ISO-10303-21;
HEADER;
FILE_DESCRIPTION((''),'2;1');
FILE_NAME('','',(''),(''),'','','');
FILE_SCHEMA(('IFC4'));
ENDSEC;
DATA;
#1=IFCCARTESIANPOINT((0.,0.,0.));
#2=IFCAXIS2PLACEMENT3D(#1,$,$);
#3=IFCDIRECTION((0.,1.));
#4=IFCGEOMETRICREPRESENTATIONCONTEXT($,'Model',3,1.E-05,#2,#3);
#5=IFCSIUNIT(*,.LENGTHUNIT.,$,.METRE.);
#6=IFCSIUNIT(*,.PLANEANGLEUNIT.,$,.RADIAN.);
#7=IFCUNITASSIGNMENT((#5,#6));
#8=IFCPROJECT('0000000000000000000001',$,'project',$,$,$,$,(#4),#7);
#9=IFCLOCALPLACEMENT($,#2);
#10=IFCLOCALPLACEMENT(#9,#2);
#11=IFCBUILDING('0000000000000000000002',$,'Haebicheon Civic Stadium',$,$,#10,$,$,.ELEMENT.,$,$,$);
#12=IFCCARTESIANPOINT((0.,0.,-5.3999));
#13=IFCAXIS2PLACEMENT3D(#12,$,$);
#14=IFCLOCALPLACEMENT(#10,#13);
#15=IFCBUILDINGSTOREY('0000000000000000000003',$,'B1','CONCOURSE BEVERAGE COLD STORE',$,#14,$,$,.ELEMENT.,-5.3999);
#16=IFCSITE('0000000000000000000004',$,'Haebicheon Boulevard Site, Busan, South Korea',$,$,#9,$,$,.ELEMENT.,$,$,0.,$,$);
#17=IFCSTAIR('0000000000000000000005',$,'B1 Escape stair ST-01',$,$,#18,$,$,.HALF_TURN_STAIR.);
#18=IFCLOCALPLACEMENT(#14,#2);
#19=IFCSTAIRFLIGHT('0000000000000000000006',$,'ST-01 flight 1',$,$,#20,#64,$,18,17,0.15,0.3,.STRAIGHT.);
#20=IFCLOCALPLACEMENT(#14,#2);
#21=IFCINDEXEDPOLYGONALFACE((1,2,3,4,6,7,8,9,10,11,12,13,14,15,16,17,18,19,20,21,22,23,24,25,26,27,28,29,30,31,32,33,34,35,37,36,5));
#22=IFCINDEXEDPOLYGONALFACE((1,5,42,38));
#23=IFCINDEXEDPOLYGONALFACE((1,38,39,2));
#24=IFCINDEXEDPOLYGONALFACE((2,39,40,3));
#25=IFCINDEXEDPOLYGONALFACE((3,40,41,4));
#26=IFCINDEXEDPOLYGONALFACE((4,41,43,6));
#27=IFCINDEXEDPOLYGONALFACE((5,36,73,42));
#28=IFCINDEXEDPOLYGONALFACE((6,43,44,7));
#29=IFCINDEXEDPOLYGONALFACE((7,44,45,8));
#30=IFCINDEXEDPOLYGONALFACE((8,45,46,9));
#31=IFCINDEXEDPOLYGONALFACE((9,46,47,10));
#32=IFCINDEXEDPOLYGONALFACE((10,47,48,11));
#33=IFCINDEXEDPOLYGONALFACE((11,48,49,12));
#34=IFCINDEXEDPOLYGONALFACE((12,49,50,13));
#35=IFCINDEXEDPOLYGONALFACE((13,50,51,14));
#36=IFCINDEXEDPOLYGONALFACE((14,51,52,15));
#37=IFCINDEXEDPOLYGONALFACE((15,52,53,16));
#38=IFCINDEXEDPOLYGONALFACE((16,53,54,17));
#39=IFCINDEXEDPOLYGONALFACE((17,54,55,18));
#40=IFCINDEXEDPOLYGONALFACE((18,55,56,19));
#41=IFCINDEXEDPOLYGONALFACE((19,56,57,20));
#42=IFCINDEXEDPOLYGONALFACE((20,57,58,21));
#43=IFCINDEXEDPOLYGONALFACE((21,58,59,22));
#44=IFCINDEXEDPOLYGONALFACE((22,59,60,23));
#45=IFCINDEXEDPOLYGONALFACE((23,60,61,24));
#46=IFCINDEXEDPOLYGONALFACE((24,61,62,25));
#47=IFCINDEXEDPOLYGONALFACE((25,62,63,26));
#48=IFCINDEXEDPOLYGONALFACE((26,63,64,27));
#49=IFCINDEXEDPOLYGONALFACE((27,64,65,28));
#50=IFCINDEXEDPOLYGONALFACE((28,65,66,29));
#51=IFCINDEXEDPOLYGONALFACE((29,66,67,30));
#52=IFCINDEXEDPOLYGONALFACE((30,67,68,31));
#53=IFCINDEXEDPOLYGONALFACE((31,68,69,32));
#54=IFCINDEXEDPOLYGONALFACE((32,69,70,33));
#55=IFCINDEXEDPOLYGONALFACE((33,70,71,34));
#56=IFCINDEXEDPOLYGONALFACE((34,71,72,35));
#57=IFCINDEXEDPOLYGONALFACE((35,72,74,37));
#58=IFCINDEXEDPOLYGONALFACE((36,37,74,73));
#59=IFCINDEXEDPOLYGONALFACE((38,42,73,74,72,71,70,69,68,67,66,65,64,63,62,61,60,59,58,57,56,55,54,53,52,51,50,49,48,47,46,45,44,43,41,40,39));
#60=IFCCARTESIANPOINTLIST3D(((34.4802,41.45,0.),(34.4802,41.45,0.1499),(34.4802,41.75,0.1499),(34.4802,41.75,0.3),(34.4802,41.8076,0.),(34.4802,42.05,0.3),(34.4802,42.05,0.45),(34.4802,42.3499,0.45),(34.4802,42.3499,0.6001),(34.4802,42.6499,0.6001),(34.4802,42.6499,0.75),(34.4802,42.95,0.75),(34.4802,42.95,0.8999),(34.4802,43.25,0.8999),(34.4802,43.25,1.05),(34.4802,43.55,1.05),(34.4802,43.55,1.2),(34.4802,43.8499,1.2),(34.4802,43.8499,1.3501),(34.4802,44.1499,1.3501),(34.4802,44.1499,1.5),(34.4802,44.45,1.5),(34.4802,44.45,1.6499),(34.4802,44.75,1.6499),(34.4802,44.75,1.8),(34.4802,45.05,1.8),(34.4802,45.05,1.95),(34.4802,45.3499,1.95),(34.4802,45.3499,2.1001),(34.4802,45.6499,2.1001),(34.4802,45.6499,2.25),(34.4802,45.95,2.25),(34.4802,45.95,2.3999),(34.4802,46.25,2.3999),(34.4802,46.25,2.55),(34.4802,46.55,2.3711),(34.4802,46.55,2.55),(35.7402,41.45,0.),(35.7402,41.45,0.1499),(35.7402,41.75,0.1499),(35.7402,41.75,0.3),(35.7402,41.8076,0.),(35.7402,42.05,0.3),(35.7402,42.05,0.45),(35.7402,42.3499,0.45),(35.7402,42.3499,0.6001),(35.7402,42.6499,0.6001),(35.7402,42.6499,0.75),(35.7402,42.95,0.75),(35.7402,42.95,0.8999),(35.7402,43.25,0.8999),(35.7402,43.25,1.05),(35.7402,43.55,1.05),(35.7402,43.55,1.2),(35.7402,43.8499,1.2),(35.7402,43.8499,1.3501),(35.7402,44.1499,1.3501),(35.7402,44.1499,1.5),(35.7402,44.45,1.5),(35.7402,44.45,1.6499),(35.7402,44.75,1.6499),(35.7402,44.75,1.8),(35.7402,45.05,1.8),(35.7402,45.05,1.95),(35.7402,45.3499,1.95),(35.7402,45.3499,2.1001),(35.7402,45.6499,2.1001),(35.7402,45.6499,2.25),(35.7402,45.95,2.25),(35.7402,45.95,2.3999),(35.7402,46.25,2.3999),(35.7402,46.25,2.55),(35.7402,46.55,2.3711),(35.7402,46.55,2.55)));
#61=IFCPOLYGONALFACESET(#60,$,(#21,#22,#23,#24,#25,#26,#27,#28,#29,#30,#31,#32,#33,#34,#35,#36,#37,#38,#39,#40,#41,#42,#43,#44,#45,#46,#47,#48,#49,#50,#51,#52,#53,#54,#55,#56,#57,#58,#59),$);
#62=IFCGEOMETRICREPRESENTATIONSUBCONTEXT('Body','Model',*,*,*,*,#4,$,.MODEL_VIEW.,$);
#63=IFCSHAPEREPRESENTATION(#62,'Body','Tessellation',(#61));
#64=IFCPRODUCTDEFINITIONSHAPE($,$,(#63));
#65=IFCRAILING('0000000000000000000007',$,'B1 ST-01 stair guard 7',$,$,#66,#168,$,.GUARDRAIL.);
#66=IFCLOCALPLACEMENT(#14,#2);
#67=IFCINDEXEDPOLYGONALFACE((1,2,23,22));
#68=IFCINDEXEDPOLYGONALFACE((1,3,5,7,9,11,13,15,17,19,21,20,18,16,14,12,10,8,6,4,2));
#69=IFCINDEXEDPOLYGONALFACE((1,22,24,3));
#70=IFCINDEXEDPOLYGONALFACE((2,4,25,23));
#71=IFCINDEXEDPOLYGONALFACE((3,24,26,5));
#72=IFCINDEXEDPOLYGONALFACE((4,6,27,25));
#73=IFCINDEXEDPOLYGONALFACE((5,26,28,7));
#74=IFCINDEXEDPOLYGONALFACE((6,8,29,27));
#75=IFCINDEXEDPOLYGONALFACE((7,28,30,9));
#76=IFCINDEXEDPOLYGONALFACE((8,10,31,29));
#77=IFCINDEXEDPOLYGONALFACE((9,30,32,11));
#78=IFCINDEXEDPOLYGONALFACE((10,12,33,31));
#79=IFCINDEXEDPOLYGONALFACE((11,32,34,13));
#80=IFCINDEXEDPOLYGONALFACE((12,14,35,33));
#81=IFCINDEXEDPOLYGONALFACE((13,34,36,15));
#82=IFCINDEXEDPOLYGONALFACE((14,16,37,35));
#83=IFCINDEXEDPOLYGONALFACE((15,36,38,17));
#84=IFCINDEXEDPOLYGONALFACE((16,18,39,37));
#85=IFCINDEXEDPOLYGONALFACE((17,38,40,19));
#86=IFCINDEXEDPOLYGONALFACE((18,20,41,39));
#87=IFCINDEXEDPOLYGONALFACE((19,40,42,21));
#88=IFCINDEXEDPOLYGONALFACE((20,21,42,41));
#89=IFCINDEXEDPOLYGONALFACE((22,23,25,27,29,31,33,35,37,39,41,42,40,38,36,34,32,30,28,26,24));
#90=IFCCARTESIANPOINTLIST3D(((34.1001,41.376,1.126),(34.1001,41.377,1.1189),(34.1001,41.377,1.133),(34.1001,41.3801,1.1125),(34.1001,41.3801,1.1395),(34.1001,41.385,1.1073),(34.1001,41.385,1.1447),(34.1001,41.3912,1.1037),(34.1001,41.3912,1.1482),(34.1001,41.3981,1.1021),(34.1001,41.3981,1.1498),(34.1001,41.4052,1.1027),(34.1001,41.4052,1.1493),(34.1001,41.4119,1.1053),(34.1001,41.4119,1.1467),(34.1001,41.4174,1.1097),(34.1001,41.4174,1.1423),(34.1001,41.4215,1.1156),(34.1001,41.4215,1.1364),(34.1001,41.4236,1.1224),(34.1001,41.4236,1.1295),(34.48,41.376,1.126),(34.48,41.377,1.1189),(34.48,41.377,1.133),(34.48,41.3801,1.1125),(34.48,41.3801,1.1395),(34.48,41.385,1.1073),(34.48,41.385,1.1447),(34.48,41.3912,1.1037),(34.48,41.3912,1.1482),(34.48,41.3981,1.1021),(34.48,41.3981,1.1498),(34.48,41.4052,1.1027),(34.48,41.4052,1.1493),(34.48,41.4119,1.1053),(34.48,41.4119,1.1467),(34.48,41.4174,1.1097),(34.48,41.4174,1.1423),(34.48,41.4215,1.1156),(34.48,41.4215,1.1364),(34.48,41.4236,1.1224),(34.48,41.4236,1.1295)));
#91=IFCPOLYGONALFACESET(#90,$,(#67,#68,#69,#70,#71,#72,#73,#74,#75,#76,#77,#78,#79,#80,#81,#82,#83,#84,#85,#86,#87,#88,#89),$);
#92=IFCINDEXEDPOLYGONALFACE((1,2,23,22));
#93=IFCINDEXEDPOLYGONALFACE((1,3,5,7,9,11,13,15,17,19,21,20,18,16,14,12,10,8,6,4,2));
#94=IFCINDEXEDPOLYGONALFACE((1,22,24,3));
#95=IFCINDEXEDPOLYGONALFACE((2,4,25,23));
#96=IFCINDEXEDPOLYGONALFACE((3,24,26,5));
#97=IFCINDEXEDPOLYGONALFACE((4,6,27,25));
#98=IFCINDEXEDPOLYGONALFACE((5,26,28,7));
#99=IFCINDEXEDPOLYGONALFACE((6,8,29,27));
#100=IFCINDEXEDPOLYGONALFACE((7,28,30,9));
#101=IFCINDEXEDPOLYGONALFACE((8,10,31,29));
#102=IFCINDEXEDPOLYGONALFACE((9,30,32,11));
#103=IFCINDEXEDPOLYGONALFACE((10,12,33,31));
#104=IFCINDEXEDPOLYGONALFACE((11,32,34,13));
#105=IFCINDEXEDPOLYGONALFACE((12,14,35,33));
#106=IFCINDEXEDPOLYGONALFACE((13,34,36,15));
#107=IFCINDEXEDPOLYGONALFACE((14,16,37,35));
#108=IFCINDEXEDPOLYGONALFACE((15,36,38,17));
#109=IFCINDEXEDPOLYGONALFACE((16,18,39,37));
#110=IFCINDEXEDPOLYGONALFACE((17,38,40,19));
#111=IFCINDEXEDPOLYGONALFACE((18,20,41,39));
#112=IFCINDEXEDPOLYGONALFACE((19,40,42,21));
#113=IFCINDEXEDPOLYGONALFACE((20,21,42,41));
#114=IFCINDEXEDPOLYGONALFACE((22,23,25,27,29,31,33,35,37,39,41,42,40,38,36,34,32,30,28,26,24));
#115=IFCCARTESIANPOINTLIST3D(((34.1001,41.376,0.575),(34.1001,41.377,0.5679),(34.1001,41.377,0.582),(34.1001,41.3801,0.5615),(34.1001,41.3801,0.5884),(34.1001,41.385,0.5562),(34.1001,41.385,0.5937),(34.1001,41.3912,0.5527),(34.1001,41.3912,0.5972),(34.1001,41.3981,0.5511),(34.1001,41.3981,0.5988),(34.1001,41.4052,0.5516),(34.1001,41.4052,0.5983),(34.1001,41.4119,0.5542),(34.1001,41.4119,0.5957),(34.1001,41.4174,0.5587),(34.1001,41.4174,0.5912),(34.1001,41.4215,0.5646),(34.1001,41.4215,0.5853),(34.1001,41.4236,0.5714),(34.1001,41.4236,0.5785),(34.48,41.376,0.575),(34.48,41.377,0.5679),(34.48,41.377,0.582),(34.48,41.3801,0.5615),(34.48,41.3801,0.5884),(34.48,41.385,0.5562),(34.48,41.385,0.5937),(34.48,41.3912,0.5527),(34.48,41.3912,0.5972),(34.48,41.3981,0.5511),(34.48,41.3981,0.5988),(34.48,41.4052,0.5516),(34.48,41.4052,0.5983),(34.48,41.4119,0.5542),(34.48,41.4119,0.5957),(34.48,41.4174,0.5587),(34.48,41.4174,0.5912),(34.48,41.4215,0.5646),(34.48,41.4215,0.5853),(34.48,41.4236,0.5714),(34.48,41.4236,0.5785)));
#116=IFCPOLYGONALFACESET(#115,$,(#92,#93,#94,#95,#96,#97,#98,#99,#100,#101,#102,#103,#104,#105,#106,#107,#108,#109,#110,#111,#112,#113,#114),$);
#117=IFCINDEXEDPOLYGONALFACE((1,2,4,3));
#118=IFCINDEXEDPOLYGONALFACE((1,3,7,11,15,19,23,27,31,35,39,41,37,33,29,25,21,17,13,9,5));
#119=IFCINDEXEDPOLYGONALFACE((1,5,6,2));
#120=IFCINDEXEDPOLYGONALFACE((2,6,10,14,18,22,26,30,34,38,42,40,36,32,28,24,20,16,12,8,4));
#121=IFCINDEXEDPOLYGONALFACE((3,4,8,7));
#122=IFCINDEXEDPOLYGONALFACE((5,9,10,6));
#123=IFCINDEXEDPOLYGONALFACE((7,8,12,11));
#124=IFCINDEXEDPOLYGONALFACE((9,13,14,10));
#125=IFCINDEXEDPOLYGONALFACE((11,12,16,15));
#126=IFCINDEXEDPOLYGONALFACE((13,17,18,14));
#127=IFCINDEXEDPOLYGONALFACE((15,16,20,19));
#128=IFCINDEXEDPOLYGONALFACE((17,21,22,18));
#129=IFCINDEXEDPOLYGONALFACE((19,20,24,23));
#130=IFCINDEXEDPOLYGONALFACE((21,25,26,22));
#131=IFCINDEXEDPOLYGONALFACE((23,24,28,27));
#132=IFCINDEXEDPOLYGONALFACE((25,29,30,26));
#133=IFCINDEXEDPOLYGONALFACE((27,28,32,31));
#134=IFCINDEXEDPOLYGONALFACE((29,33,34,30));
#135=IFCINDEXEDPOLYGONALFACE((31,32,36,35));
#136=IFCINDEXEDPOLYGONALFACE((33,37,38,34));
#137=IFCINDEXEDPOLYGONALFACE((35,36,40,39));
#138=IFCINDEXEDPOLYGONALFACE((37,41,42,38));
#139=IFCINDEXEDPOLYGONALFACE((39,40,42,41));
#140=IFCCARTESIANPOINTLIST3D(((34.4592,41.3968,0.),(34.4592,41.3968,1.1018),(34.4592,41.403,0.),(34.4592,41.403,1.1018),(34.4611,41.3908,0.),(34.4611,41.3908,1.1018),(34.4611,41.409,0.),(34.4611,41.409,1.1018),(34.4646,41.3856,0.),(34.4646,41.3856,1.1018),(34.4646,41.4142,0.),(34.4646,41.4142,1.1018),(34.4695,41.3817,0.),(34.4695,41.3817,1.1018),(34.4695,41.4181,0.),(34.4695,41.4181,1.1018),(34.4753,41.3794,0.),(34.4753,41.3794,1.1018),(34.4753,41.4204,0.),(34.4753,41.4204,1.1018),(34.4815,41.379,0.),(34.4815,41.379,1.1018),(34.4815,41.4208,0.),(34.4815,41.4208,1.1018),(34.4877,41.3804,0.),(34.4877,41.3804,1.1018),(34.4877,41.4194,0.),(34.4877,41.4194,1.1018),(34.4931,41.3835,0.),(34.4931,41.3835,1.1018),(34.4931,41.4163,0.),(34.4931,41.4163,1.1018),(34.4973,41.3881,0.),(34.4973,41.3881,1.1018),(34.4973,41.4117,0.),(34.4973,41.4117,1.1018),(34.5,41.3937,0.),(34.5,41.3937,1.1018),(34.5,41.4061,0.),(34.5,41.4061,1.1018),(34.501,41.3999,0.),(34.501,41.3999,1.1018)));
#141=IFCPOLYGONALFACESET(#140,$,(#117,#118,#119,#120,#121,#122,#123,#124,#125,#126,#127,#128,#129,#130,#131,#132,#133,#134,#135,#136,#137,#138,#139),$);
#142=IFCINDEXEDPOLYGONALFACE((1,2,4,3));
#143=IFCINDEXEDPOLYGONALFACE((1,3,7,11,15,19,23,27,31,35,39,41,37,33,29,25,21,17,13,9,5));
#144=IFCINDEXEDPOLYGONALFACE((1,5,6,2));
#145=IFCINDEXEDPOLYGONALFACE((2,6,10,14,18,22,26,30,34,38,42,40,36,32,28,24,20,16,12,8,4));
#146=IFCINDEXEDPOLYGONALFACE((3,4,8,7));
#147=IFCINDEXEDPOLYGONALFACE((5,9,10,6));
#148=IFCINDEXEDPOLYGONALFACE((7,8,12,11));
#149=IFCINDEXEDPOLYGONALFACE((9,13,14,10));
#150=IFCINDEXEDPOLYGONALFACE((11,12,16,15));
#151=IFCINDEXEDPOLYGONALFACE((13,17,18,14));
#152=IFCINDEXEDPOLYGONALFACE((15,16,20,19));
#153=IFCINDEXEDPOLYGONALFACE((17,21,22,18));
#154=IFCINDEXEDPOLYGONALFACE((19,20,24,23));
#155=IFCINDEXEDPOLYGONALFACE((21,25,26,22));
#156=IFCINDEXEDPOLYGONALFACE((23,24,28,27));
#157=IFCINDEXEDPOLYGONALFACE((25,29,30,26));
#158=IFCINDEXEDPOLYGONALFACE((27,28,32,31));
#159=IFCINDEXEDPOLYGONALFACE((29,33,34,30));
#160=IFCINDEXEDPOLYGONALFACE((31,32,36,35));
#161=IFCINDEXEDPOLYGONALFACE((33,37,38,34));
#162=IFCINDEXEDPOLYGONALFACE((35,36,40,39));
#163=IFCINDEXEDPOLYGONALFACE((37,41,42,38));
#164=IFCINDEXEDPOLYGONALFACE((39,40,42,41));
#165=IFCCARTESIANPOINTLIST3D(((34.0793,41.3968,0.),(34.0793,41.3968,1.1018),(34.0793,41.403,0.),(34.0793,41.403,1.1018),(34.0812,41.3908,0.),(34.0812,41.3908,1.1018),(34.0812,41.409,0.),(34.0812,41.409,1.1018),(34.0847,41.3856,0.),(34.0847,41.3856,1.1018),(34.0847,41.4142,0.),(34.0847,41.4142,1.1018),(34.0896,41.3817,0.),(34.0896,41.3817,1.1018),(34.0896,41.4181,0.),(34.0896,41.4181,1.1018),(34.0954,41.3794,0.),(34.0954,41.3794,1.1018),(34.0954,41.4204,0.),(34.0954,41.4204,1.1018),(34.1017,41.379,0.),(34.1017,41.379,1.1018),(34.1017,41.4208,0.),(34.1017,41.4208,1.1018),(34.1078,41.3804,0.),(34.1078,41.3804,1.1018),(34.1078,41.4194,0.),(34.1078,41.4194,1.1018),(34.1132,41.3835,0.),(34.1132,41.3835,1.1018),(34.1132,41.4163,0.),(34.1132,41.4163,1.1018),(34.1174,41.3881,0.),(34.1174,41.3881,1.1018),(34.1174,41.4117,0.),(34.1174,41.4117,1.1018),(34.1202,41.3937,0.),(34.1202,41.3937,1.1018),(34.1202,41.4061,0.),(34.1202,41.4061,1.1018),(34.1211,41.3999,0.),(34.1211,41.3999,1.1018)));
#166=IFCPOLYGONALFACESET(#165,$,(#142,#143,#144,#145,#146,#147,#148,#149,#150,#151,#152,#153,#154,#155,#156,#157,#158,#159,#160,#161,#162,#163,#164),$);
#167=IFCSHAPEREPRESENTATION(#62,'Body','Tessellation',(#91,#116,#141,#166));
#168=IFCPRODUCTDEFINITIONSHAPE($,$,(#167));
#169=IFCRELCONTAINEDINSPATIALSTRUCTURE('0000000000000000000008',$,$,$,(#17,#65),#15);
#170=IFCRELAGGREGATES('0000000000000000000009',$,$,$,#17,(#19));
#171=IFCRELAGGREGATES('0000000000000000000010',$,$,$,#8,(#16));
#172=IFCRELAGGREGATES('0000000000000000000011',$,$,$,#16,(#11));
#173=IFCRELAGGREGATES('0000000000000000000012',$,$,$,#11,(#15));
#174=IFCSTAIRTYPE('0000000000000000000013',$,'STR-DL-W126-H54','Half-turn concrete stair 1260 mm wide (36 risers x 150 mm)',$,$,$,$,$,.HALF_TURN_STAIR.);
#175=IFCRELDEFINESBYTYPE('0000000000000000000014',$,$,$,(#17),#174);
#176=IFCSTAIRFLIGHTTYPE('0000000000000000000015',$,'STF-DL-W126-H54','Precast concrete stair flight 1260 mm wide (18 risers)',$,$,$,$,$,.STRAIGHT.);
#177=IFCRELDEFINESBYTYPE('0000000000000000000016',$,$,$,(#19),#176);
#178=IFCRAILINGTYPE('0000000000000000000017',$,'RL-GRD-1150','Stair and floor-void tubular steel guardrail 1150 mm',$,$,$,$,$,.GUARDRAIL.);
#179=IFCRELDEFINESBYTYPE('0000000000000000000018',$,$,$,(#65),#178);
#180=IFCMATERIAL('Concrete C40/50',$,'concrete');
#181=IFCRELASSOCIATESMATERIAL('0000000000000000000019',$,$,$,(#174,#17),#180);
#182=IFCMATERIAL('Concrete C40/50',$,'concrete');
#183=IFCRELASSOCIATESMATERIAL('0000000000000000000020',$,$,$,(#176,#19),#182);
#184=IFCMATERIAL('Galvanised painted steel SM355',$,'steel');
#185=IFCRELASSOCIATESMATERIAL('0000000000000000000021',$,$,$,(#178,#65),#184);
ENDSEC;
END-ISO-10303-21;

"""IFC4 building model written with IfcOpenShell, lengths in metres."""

from ifc_helpers import new_model, si_unit, direction, frame, origin, origin_2d, place, context, subcontext, project, spatial, polyline, circle, outline, extrude, material, type_object, element, aggregate, save


model = new_model("IFC4")

# Units and contexts
model_context = context("Model", 3, precision=1e-05, world=origin(), true_north=direction((0.0, 1.0)))
body_context = subcontext(model_context, "Body", "Model", "MODEL_VIEW")
ifc_project = project(units=[si_unit("LENGTHUNIT", "METRE"), si_unit("PLANEANGLEUNIT", "RADIAN")], contexts=[model_context])

# Site, building, storey
site_placement = place(None, origin())
site = spatial("IfcSite", under=ifc_project, at=site_placement, Name="Haebicheon Boulevard Site, Busan, South Korea", CompositionType="ELEMENT", RefElevation=0.0)
building_placement = place(site_placement, origin())
building = spatial("IfcBuilding", under=site, at=building_placement, Name="Haebicheon Civic Stadium", CompositionType="ELEMENT")
storey_placement = place(building_placement, frame((0.0, 0.0, -5.3999)))
storey = spatial("IfcBuildingStorey", under=building, at=storey_placement, Name="B1", Description="CONCOURSE BEVERAGE COLD STORE", CompositionType="ELEMENT", Elevation=-5.3999)

# Stair, stair flight
ifc_material_1 = material(Name="Concrete C40/50", Category="concrete")
stair_type = type_object("IfcStairType", Name="STR-DL-W126-H54", Description="Half-turn concrete stair 1260 mm wide (36 risers x 150 mm)", PredefinedType="HALF_TURN_STAIR", material=ifc_material_1)
stair_placement = place(storey_placement, origin())
stair = element("IfcStair", 1, at=stair_placement, inside=storey, type_object=stair_type, material=ifc_material_1, Name="B1 Escape stair ST-01", PredefinedType="HALF_TURN_STAIR")
ifc_material_2 = material(Name="Concrete C40/50", Category="concrete")
stair_flight_type = type_object("IfcStairFlightType", Name="STF-DL-W126-H54", Description="Precast concrete stair flight 1260 mm wide (18 risers)", PredefinedType="STRAIGHT", material=ifc_material_2)
stair_flight_placement = place(storey_placement, frame((35.1101, 41.45, 0.0), z_axis=(0.0, 0.0, 1.0), x_axis=(0.0, 1.0, 0.0)))
stair_flight = element("IfcStairFlight", 2, at=stair_flight_placement, type_object=stair_flight_type, material=ifc_material_2, Name="ST-01 flight 1", NumberOfRisers=18, NumberOfTreads=17, PredefinedType="STRAIGHT", RiserHeight=0.15, TreadLength=0.3, context=body_context, shape_type="SweptSolid", body=[
    extrude(outline(polyline([(0.0, 0.0), (0.0, 0.1499), (0.3, 0.1499), (0.3, 0.3), (0.6001, 0.3), (0.6001, 0.45), (0.8999, 0.45), (0.8999, 0.6001), (1.2, 0.6001), (1.2, 0.75), (1.5, 0.75), (1.5, 0.8999), (1.8, 0.8999), (1.8, 1.05), (2.1001, 1.05), (2.1001, 1.2), (2.3999, 1.2), (2.3999, 1.3501), (2.7, 1.3501), (2.7, 1.5), (3.0, 1.5), (3.0, 1.6499), (3.3, 1.6499), (3.3, 1.8), (3.6001, 1.8), (3.6001, 1.95), (3.8999, 1.95), (3.8999, 2.1001), (4.2, 2.1001), (4.2, 2.25), (4.5, 2.25), (4.5, 2.3999), (4.8, 2.3999), (4.8, 2.55), (5.1001, 2.55), (5.1001, 2.7), (5.1001, 2.3711), (0.3577, 0.0), (0.0, 0.0)])), frame((0.0, 0.6299, 0.0), z_axis=(0.0, -1.0, 0.0), x_axis=(1.0, 0.0, 0.0)), (0.0, 0.0, 1.0), 1.26),
])
aggregate(stair, [stair_flight])

# Railing
ifc_material_3 = material(Name="Galvanised painted steel SM355", Category="steel")
railing_type = type_object("IfcRailingType", Name="RL-GRD-1150", Description="Stair and floor-void tubular steel guardrail 1150 mm", PredefinedType="GUARDRAIL", material=ifc_material_3)
railing_1_placement = place(storey_placement, frame((34.48, 41.3999, 0.0)))
element("IfcRailing", 3, at=railing_1_placement, inside=storey, type_object=railing_type, material=ifc_material_3, Name="B1 ST-01 stair guard 7", PredefinedType="GUARDRAIL", context=body_context, shape_type="SweptSolid", body=[
    extrude(circle(Radius=0.0239, at=origin_2d()), frame((0.0, 0.0, 1.126), z_axis=(-1.0, 0.0, 0.0), x_axis=(0.0, -1.0, 0.0)), (0.0, 0.0, 1.0), 0.3799),
    extrude(circle(Radius=0.0239, at=origin_2d()), frame((0.0, 0.0, 0.575), z_axis=(-1.0, 0.0, 0.0), x_axis=(0.0, -1.0, 0.0)), (0.0, 0.0, 1.0), 0.3799),
    extrude(circle(Radius=0.021, at=origin_2d()), origin(), (0.0, 0.0, 1.0), 1.1018),
    extrude(circle(Radius=0.021, at=origin_2d()), frame((-0.3799, 0.0, 0.0)), (0.0, 0.0, 1.0), 1.1018),
])

save(model, "model.ifc")
